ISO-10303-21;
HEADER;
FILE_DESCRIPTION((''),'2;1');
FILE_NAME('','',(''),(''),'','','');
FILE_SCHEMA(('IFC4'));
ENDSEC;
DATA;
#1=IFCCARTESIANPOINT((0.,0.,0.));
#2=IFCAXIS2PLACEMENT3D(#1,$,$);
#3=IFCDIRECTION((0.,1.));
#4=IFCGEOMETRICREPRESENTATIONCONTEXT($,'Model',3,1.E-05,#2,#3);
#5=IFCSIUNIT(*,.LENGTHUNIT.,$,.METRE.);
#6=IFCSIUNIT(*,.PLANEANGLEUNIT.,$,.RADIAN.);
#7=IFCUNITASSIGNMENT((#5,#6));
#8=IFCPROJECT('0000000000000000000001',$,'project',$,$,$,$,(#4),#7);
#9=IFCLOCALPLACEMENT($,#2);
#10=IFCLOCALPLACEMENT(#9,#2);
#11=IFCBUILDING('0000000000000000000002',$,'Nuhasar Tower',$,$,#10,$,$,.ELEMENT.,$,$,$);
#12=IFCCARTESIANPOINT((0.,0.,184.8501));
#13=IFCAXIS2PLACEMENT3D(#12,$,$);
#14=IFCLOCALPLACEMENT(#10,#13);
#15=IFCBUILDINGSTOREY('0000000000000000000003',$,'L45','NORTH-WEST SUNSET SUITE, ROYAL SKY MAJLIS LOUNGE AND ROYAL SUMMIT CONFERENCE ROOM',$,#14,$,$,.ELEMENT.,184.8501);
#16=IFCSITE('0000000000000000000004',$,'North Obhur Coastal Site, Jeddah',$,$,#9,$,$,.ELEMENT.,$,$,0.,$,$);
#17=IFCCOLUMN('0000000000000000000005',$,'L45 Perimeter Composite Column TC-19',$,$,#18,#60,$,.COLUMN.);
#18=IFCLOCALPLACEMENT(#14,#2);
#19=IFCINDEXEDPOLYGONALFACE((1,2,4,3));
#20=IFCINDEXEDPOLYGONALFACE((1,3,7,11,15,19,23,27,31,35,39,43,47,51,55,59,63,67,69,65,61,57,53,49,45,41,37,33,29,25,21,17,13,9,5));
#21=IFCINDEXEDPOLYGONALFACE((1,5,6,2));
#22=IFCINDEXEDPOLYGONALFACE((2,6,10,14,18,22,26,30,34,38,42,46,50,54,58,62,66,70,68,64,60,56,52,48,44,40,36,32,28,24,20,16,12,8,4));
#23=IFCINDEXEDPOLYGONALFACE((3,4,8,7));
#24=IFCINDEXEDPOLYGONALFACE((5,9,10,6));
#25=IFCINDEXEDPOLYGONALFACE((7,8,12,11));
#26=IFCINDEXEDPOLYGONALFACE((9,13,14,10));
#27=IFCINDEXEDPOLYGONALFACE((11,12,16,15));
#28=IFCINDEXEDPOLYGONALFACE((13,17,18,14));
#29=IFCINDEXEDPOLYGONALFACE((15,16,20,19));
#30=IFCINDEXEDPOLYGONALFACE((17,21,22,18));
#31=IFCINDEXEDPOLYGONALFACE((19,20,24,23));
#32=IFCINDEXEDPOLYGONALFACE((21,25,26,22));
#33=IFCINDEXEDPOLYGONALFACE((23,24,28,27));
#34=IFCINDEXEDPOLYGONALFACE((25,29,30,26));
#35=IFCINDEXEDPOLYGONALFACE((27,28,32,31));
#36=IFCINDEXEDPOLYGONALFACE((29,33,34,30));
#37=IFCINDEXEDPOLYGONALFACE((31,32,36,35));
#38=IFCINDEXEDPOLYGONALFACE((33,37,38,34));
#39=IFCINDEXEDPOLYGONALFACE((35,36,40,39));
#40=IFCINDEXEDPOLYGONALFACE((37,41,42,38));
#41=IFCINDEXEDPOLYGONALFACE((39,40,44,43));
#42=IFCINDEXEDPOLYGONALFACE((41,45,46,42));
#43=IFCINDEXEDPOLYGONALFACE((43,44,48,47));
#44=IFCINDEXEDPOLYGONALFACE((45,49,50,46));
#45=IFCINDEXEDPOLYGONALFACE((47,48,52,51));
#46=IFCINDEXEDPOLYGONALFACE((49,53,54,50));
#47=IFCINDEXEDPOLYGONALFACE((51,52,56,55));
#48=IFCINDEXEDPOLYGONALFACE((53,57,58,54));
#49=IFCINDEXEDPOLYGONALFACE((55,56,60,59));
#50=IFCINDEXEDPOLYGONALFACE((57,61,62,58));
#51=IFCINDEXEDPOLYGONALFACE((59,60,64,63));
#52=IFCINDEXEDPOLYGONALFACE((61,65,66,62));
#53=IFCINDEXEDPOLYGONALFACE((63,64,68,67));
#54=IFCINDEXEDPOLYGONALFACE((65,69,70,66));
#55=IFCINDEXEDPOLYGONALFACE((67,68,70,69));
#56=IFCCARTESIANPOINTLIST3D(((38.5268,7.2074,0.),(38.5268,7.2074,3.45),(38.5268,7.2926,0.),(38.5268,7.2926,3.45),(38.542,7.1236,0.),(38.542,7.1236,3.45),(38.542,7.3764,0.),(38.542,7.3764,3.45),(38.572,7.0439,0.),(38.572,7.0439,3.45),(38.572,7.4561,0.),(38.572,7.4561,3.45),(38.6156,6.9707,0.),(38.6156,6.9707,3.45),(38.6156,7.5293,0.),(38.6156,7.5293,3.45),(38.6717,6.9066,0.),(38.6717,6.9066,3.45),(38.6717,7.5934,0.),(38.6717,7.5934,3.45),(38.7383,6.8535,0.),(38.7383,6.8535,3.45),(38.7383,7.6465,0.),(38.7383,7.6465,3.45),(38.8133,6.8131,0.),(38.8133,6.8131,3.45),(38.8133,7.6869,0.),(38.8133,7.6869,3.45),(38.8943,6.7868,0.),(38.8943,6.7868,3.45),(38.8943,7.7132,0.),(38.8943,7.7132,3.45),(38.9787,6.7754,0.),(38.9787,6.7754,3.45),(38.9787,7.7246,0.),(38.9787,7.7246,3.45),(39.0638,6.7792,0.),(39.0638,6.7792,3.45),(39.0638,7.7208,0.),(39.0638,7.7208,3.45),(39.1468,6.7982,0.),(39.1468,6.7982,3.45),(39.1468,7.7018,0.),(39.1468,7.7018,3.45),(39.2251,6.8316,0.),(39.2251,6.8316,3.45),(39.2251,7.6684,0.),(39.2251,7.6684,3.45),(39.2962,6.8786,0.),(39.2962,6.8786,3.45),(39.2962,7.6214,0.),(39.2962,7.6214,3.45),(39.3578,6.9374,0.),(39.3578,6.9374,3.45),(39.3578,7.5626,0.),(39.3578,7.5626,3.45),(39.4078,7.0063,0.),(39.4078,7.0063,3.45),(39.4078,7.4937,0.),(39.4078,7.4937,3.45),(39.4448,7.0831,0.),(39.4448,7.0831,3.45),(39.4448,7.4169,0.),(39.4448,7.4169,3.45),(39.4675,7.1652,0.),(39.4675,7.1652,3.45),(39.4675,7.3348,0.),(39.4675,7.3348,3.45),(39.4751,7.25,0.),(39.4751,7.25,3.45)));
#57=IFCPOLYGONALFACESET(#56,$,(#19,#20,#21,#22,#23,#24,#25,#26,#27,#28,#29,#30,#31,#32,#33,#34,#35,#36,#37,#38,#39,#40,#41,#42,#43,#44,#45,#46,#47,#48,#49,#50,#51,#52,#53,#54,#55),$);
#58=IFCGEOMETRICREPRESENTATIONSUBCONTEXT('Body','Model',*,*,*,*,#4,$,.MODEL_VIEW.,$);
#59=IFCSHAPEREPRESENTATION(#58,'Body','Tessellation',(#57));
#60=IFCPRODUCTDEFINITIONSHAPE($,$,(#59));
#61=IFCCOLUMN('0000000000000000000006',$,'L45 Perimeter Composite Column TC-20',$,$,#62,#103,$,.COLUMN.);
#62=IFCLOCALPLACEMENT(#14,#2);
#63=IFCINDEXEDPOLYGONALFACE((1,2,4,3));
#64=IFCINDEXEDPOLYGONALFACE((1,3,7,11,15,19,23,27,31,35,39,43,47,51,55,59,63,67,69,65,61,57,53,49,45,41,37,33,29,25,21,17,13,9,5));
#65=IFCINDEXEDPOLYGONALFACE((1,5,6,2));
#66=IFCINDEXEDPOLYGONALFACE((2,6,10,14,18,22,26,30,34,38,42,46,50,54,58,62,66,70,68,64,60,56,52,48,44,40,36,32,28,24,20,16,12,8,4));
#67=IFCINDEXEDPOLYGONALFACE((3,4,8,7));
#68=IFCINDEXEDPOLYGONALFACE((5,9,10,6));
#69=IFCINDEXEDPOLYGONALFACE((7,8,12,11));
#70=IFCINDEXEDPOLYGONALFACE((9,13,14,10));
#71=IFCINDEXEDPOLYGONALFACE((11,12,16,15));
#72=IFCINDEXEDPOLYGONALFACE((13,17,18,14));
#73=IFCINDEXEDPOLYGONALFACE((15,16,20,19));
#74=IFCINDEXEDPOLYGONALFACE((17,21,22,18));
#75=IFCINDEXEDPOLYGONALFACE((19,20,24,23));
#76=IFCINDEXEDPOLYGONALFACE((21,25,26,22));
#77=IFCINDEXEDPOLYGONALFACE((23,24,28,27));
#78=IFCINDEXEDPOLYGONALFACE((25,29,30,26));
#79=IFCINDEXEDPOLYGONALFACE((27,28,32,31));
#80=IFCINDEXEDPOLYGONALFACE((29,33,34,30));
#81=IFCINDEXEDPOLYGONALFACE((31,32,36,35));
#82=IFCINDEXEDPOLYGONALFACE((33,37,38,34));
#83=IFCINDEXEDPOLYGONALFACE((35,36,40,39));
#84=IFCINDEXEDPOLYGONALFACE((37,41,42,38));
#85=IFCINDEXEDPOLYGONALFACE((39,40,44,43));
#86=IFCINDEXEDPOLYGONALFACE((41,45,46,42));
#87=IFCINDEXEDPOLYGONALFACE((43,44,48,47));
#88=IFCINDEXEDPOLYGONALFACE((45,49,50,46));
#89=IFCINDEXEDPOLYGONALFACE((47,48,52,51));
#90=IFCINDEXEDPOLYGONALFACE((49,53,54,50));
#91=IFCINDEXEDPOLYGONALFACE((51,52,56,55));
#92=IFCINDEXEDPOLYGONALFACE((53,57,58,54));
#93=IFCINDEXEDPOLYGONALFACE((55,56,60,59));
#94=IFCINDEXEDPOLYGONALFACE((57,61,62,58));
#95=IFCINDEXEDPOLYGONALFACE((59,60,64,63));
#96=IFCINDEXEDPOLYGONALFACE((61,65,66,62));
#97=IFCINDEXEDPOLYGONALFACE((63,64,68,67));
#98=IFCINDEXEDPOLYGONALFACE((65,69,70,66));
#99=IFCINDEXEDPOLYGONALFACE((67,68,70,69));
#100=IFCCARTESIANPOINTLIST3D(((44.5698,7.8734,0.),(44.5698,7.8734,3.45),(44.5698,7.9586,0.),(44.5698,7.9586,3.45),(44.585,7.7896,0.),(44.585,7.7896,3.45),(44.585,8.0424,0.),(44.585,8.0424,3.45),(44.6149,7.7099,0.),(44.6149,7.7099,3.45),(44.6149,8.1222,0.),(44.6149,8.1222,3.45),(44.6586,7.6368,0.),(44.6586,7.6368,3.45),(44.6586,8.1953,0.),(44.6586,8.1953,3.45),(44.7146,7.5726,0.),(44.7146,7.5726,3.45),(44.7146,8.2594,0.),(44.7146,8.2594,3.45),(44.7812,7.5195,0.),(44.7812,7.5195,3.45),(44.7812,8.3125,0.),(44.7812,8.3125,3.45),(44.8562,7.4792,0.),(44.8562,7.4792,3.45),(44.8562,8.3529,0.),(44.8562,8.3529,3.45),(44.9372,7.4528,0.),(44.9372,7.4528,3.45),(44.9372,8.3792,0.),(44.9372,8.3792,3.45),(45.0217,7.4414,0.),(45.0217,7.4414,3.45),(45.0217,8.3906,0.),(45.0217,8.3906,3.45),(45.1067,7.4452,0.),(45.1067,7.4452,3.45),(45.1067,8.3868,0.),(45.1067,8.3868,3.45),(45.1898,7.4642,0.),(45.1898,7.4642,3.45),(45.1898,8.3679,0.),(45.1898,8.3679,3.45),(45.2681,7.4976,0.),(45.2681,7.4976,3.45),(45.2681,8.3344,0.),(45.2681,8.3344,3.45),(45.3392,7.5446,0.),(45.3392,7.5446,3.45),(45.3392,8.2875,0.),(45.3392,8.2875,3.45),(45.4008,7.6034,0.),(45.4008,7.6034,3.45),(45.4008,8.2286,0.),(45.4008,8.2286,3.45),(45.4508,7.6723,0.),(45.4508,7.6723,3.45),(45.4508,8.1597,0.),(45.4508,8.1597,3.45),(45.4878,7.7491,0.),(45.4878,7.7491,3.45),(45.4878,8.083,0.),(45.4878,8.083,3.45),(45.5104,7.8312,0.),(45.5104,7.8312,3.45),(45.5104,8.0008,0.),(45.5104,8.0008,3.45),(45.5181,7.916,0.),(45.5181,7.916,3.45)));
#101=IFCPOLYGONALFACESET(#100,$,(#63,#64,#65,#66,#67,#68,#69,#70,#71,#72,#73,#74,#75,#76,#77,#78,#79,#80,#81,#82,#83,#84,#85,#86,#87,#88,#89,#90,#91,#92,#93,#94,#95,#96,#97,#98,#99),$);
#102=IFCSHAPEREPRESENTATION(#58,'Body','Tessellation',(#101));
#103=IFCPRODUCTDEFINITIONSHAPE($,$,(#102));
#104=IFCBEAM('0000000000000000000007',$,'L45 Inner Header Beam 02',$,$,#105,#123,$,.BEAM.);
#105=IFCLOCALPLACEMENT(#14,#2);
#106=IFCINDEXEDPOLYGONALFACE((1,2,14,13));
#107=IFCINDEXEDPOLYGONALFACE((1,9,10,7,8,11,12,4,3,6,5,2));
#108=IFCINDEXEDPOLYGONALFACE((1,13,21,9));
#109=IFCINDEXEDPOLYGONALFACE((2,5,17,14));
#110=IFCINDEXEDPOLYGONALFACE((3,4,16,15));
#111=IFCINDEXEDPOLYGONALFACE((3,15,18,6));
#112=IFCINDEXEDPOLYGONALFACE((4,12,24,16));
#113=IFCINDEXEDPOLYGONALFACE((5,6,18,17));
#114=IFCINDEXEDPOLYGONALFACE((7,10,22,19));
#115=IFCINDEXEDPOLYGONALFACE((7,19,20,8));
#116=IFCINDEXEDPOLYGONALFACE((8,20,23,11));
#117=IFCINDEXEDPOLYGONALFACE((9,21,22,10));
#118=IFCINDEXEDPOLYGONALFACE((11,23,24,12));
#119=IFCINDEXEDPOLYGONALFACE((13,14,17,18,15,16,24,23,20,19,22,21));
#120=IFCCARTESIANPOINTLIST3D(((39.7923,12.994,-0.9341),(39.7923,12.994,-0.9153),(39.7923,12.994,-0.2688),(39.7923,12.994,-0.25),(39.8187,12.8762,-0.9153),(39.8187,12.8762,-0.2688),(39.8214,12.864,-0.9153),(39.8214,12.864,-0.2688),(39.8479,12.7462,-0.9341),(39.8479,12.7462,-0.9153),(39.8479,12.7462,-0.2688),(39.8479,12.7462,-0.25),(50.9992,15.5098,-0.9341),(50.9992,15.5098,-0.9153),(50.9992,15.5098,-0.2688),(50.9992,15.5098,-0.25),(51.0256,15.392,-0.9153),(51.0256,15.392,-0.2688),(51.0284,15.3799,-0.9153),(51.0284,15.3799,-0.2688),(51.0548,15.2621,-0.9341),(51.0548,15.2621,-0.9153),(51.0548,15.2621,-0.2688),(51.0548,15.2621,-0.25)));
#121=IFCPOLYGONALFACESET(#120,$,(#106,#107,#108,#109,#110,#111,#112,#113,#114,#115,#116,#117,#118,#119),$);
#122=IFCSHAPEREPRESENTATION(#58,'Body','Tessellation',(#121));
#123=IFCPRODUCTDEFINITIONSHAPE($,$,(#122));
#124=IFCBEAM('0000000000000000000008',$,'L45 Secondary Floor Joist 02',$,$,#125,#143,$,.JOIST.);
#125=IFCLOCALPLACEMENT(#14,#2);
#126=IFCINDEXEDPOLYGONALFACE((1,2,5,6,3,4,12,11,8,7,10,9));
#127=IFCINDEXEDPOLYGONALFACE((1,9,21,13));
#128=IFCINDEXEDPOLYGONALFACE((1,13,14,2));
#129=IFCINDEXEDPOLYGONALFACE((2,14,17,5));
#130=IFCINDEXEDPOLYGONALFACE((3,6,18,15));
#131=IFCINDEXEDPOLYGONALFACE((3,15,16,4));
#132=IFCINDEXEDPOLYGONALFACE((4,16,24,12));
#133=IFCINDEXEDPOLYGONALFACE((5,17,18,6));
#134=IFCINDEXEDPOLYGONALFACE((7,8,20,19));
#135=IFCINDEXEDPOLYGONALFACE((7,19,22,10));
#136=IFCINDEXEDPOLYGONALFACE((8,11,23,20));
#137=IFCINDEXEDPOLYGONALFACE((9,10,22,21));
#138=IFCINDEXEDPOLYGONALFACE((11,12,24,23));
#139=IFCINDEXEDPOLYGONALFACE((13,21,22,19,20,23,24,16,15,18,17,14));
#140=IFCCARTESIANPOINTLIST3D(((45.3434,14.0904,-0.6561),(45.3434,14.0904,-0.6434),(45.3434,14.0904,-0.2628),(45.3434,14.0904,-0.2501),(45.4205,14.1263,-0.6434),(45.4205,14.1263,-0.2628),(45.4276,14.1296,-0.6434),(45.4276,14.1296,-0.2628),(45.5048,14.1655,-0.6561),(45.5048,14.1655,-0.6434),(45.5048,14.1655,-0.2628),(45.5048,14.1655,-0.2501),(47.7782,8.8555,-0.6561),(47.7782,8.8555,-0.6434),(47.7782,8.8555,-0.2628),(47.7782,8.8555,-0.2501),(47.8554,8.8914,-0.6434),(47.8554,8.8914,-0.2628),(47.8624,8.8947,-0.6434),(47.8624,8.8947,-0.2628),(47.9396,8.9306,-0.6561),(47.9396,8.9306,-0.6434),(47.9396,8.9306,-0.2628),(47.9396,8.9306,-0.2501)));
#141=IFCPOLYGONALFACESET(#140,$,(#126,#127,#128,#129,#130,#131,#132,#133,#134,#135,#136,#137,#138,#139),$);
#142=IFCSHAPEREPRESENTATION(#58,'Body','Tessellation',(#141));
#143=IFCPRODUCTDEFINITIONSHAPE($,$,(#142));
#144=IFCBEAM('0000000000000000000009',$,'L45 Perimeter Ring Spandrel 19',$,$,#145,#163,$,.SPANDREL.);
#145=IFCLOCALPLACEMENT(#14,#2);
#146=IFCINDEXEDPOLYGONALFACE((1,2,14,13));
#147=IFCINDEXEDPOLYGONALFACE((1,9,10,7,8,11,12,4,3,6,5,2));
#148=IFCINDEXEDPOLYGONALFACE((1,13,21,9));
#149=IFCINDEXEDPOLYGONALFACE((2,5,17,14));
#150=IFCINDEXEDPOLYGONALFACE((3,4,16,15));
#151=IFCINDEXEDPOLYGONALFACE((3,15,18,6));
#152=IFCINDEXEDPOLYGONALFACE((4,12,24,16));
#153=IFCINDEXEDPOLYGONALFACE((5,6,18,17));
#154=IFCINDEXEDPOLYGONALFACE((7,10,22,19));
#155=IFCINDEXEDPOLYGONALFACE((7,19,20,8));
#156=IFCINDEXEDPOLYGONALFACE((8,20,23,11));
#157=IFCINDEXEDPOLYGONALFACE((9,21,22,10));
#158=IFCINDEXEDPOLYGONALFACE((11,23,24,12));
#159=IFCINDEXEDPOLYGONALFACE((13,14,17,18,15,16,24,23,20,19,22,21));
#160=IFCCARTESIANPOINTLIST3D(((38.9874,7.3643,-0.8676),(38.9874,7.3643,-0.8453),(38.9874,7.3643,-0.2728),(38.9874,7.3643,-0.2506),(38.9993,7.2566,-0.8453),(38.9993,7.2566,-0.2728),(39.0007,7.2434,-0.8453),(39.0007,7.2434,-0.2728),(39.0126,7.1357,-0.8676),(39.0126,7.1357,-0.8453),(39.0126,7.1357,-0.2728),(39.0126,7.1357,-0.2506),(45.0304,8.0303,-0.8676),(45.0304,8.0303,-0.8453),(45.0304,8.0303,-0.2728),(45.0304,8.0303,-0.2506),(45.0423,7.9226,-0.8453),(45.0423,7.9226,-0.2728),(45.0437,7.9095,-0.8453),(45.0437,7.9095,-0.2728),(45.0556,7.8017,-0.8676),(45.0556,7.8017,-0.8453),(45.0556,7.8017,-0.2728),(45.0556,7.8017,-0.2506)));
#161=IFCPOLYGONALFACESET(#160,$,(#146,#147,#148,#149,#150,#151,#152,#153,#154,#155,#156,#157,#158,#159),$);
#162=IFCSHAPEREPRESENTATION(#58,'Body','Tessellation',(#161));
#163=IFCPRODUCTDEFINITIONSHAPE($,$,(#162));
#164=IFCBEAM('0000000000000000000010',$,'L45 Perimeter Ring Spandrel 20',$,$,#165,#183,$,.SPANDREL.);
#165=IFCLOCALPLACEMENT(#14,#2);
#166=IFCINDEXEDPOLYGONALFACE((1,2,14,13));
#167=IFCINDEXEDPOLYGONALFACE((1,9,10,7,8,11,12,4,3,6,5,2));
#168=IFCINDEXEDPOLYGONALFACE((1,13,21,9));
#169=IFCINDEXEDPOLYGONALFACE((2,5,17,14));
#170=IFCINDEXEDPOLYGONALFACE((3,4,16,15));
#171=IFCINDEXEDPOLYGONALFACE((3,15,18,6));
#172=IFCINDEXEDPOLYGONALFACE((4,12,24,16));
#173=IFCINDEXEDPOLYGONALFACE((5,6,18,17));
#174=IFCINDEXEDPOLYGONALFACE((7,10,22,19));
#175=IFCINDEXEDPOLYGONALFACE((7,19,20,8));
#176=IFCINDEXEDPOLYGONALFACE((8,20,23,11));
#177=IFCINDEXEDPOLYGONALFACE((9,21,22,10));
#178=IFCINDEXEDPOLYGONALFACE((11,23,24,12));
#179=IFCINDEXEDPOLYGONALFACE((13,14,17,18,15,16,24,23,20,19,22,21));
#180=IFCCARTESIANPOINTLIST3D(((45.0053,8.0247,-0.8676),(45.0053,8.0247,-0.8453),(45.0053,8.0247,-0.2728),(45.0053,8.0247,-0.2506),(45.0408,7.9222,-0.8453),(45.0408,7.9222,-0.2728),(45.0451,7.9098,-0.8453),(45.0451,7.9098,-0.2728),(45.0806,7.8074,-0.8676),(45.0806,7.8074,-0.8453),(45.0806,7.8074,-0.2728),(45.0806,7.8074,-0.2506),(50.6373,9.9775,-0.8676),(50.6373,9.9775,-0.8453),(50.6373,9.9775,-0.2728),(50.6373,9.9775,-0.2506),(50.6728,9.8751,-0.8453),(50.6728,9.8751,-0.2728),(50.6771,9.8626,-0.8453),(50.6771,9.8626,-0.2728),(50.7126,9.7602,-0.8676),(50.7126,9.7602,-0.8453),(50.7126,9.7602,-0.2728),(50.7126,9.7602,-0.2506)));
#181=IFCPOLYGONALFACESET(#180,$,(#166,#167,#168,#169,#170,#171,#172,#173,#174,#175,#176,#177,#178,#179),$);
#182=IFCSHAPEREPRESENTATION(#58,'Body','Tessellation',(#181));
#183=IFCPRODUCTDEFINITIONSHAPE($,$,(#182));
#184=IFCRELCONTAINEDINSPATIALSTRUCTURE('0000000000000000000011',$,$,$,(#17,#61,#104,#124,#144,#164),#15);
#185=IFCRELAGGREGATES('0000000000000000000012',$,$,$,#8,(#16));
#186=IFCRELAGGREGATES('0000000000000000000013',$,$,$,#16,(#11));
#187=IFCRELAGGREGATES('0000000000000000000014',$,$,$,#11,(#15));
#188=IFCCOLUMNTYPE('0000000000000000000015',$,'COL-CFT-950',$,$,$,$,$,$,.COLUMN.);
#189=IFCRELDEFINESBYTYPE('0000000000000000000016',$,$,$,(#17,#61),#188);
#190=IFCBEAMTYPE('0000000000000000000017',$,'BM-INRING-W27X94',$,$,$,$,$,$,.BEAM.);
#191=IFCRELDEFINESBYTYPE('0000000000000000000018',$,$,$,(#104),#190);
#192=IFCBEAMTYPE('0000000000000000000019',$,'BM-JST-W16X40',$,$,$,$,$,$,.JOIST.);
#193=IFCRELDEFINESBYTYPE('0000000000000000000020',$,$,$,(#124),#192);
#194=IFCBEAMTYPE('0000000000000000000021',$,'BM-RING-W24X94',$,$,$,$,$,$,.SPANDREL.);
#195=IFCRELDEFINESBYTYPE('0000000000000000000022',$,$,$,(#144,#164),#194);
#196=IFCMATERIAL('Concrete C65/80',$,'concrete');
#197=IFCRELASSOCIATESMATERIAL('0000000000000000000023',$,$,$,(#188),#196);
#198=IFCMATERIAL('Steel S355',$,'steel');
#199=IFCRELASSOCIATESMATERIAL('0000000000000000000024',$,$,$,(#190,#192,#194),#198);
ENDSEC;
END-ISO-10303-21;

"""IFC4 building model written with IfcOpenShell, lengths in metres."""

from ifc_helpers import new_model, si_unit, direction, frame, origin, origin_2d, place, context, subcontext, project, spatial, circle, i_section, extrude, material, material_profile, profile_set, type_object, element, save


model = new_model("IFC4")

# Units and contexts
model_context = context("Model", 3, precision=1e-05, world=origin(), true_north=direction((0.0, 1.0)))
body_context = subcontext(model_context, "Body", "Model", "MODEL_VIEW")
ifc_project = project(units=[si_unit("LENGTHUNIT", "METRE"), si_unit("PLANEANGLEUNIT", "RADIAN")], contexts=[model_context])

# Site, building, storey
site_placement = place(None, origin())
site = spatial("IfcSite", under=ifc_project, at=site_placement, Name="North Obhur Coastal Site, Jeddah", CompositionType="ELEMENT", RefElevation=0.0)
building_placement = place(site_placement, origin())
building = spatial("IfcBuilding", under=site, at=building_placement, Name="Nuhasar Tower", CompositionType="ELEMENT")
storey_placement = place(building_placement, frame((0.0, 0.0, 184.8501)))
storey = spatial("IfcBuildingStorey", under=building, at=storey_placement, Name="L45", Description="NORTH-WEST SUNSET SUITE, ROYAL SKY MAJLIS LOUNGE AND ROYAL SUMMIT CONFERENCE ROOM", CompositionType="ELEMENT", Elevation=184.8501)

# Columns
ifc_material_1 = material(Name="Concrete C65/80", Category="concrete")
ifc_material_profile_1 = material_profile(ifc_material_1, circle(Radius=0.4751, at=origin_2d()), Name="CFT950")
ifc_profile_set_1 = profile_set([ifc_material_profile_1], Name="Concrete C65/80")
column_type = type_object("IfcColumnType", Name="COL-CFT-950", PredefinedType="COLUMN", material=ifc_profile_set_1)
for number, where, z_axis, x_axis, name in (
    (1, (39.0, 7.25, 0.0), (0.0, 0.0, 1.0), (1.0, 0.0, 0.0), "L45 Perimeter Composite Column TC-19"),
    (2, (45.043, 7.916, 0.0), (0.0, 0.0, 1.0), (1.0, 0.0, 0.0), "L45 Perimeter Composite Column TC-20"),
):
    element("IfcColumn", number, at=place(storey_placement, frame(where, z_axis=z_axis, x_axis=x_axis)), inside=storey, type_object=column_type, Name=name, PredefinedType="COLUMN", context=body_context, shape_type="SweptSolid", body=[
        extrude(circle(Radius=0.4751, at=origin_2d()), origin(), (0.0, 0.0, 1.0), 3.45),
    ])

# Beams
ifc_material_2 = material(Name="Steel S355", Category="steel")
ifc_material_profile_2 = material_profile(ifc_material_2, i_section(OverallWidth=0.2539, OverallDepth=0.6841, WebThickness=0.0125, FlangeThickness=0.0188, at=origin_2d()), Name="W27X94")
ifc_profile_set_2 = profile_set([ifc_material_profile_2], Name="Steel S355")
beam_type_1 = type_object("IfcBeamType", Name="BM-INRING-W27X94", PredefinedType="BEAM", material=ifc_profile_set_2)
beam_1_placement = place(storey_placement, frame((39.8201, 12.8701, -0.592), z_axis=(0.975716, 0.219039, 0.0), x_axis=(-0.219039, 0.975716, 0.0)))
element("IfcBeam", 3, at=beam_1_placement, inside=storey, type_object=beam_type_1, Name="L45 Inner Header Beam 02", PredefinedType="BEAM", context=body_context, shape_type="SweptSolid", body=[
    extrude(i_section(OverallWidth=0.2539, OverallDepth=0.6841, WebThickness=0.0125, FlangeThickness=0.0188, at=origin_2d()), origin(), (0.0, 0.0, 1.0), 11.4858),
])
ifc_material_profile_3 = material_profile(ifc_material_2, i_section(OverallWidth=0.178, OverallDepth=0.406, WebThickness=0.0078, FlangeThickness=0.0127, at=origin_2d()), Name="W16X40")
ifc_profile_set_3 = profile_set([ifc_material_profile_3], Name="Steel S355")
beam_type_2 = type_object("IfcBeamType", Name="BM-JST-W16X40", PredefinedType="JOIST", material=ifc_profile_set_3)
beam_2_placement = place(storey_placement, frame((45.4241, 14.1279, -0.4531), z_axis=(0.42173, -0.906721, 0.0), x_axis=(0.906721, 0.42173, 0.0)))
element("IfcBeam", 4, at=beam_2_placement, inside=storey, type_object=beam_type_2, Name="L45 Secondary Floor Joist 02", PredefinedType="JOIST", context=body_context, shape_type="SweptSolid", body=[
    extrude(i_section(OverallWidth=0.178, OverallDepth=0.406, WebThickness=0.0078, FlangeThickness=0.0127, at=origin_2d()), origin(), (0.0, 0.0, 1.0), 5.7734),
])
ifc_material_profile_4 = material_profile(ifc_material_2, i_section(OverallWidth=0.23, OverallDepth=0.6169, WebThickness=0.0132, FlangeThickness=0.0222, at=origin_2d()), Name="W24X94")
ifc_profile_set_4 = profile_set([ifc_material_profile_4], Name="Steel S355")
beam_type_3 = type_object("IfcBeamType", Name="BM-RING-W24X94", PredefinedType="SPANDREL", material=ifc_profile_set_4)
beam_3_placement = place(storey_placement, frame((39.0, 7.25, -0.5591), z_axis=(0.993981, 0.10955, 0.0), x_axis=(-0.10955, 0.993981, 0.0)))
element("IfcBeam", 5, at=beam_3_placement, inside=storey, type_object=beam_type_3, Name="L45 Perimeter Ring Spandrel 19", PredefinedType="SPANDREL", context=body_context, shape_type="SweptSolid", body=[
    extrude(i_section(OverallWidth=0.23, OverallDepth=0.6169, WebThickness=0.0132, FlangeThickness=0.0222, at=origin_2d()), origin(), (0.0, 0.0, 1.0), 6.0796),
])
beam_4_placement = place(storey_placement, frame((45.043, 7.916, -0.5591), z_axis=(0.944814, 0.327607, 0.0), x_axis=(-0.327607, 0.944814, 0.0)))
element("IfcBeam", 6, at=beam_4_placement, inside=storey, type_object=beam_type_3, Name="L45 Perimeter Ring Spandrel 20", PredefinedType="SPANDREL", context=body_context, shape_type="SweptSolid", body=[
    extrude(i_section(OverallWidth=0.23, OverallDepth=0.6169, WebThickness=0.0132, FlangeThickness=0.0222, at=origin_2d()), origin(), (0.0, 0.0, 1.0), 5.9609),
])

save(model, "model.ifc")
